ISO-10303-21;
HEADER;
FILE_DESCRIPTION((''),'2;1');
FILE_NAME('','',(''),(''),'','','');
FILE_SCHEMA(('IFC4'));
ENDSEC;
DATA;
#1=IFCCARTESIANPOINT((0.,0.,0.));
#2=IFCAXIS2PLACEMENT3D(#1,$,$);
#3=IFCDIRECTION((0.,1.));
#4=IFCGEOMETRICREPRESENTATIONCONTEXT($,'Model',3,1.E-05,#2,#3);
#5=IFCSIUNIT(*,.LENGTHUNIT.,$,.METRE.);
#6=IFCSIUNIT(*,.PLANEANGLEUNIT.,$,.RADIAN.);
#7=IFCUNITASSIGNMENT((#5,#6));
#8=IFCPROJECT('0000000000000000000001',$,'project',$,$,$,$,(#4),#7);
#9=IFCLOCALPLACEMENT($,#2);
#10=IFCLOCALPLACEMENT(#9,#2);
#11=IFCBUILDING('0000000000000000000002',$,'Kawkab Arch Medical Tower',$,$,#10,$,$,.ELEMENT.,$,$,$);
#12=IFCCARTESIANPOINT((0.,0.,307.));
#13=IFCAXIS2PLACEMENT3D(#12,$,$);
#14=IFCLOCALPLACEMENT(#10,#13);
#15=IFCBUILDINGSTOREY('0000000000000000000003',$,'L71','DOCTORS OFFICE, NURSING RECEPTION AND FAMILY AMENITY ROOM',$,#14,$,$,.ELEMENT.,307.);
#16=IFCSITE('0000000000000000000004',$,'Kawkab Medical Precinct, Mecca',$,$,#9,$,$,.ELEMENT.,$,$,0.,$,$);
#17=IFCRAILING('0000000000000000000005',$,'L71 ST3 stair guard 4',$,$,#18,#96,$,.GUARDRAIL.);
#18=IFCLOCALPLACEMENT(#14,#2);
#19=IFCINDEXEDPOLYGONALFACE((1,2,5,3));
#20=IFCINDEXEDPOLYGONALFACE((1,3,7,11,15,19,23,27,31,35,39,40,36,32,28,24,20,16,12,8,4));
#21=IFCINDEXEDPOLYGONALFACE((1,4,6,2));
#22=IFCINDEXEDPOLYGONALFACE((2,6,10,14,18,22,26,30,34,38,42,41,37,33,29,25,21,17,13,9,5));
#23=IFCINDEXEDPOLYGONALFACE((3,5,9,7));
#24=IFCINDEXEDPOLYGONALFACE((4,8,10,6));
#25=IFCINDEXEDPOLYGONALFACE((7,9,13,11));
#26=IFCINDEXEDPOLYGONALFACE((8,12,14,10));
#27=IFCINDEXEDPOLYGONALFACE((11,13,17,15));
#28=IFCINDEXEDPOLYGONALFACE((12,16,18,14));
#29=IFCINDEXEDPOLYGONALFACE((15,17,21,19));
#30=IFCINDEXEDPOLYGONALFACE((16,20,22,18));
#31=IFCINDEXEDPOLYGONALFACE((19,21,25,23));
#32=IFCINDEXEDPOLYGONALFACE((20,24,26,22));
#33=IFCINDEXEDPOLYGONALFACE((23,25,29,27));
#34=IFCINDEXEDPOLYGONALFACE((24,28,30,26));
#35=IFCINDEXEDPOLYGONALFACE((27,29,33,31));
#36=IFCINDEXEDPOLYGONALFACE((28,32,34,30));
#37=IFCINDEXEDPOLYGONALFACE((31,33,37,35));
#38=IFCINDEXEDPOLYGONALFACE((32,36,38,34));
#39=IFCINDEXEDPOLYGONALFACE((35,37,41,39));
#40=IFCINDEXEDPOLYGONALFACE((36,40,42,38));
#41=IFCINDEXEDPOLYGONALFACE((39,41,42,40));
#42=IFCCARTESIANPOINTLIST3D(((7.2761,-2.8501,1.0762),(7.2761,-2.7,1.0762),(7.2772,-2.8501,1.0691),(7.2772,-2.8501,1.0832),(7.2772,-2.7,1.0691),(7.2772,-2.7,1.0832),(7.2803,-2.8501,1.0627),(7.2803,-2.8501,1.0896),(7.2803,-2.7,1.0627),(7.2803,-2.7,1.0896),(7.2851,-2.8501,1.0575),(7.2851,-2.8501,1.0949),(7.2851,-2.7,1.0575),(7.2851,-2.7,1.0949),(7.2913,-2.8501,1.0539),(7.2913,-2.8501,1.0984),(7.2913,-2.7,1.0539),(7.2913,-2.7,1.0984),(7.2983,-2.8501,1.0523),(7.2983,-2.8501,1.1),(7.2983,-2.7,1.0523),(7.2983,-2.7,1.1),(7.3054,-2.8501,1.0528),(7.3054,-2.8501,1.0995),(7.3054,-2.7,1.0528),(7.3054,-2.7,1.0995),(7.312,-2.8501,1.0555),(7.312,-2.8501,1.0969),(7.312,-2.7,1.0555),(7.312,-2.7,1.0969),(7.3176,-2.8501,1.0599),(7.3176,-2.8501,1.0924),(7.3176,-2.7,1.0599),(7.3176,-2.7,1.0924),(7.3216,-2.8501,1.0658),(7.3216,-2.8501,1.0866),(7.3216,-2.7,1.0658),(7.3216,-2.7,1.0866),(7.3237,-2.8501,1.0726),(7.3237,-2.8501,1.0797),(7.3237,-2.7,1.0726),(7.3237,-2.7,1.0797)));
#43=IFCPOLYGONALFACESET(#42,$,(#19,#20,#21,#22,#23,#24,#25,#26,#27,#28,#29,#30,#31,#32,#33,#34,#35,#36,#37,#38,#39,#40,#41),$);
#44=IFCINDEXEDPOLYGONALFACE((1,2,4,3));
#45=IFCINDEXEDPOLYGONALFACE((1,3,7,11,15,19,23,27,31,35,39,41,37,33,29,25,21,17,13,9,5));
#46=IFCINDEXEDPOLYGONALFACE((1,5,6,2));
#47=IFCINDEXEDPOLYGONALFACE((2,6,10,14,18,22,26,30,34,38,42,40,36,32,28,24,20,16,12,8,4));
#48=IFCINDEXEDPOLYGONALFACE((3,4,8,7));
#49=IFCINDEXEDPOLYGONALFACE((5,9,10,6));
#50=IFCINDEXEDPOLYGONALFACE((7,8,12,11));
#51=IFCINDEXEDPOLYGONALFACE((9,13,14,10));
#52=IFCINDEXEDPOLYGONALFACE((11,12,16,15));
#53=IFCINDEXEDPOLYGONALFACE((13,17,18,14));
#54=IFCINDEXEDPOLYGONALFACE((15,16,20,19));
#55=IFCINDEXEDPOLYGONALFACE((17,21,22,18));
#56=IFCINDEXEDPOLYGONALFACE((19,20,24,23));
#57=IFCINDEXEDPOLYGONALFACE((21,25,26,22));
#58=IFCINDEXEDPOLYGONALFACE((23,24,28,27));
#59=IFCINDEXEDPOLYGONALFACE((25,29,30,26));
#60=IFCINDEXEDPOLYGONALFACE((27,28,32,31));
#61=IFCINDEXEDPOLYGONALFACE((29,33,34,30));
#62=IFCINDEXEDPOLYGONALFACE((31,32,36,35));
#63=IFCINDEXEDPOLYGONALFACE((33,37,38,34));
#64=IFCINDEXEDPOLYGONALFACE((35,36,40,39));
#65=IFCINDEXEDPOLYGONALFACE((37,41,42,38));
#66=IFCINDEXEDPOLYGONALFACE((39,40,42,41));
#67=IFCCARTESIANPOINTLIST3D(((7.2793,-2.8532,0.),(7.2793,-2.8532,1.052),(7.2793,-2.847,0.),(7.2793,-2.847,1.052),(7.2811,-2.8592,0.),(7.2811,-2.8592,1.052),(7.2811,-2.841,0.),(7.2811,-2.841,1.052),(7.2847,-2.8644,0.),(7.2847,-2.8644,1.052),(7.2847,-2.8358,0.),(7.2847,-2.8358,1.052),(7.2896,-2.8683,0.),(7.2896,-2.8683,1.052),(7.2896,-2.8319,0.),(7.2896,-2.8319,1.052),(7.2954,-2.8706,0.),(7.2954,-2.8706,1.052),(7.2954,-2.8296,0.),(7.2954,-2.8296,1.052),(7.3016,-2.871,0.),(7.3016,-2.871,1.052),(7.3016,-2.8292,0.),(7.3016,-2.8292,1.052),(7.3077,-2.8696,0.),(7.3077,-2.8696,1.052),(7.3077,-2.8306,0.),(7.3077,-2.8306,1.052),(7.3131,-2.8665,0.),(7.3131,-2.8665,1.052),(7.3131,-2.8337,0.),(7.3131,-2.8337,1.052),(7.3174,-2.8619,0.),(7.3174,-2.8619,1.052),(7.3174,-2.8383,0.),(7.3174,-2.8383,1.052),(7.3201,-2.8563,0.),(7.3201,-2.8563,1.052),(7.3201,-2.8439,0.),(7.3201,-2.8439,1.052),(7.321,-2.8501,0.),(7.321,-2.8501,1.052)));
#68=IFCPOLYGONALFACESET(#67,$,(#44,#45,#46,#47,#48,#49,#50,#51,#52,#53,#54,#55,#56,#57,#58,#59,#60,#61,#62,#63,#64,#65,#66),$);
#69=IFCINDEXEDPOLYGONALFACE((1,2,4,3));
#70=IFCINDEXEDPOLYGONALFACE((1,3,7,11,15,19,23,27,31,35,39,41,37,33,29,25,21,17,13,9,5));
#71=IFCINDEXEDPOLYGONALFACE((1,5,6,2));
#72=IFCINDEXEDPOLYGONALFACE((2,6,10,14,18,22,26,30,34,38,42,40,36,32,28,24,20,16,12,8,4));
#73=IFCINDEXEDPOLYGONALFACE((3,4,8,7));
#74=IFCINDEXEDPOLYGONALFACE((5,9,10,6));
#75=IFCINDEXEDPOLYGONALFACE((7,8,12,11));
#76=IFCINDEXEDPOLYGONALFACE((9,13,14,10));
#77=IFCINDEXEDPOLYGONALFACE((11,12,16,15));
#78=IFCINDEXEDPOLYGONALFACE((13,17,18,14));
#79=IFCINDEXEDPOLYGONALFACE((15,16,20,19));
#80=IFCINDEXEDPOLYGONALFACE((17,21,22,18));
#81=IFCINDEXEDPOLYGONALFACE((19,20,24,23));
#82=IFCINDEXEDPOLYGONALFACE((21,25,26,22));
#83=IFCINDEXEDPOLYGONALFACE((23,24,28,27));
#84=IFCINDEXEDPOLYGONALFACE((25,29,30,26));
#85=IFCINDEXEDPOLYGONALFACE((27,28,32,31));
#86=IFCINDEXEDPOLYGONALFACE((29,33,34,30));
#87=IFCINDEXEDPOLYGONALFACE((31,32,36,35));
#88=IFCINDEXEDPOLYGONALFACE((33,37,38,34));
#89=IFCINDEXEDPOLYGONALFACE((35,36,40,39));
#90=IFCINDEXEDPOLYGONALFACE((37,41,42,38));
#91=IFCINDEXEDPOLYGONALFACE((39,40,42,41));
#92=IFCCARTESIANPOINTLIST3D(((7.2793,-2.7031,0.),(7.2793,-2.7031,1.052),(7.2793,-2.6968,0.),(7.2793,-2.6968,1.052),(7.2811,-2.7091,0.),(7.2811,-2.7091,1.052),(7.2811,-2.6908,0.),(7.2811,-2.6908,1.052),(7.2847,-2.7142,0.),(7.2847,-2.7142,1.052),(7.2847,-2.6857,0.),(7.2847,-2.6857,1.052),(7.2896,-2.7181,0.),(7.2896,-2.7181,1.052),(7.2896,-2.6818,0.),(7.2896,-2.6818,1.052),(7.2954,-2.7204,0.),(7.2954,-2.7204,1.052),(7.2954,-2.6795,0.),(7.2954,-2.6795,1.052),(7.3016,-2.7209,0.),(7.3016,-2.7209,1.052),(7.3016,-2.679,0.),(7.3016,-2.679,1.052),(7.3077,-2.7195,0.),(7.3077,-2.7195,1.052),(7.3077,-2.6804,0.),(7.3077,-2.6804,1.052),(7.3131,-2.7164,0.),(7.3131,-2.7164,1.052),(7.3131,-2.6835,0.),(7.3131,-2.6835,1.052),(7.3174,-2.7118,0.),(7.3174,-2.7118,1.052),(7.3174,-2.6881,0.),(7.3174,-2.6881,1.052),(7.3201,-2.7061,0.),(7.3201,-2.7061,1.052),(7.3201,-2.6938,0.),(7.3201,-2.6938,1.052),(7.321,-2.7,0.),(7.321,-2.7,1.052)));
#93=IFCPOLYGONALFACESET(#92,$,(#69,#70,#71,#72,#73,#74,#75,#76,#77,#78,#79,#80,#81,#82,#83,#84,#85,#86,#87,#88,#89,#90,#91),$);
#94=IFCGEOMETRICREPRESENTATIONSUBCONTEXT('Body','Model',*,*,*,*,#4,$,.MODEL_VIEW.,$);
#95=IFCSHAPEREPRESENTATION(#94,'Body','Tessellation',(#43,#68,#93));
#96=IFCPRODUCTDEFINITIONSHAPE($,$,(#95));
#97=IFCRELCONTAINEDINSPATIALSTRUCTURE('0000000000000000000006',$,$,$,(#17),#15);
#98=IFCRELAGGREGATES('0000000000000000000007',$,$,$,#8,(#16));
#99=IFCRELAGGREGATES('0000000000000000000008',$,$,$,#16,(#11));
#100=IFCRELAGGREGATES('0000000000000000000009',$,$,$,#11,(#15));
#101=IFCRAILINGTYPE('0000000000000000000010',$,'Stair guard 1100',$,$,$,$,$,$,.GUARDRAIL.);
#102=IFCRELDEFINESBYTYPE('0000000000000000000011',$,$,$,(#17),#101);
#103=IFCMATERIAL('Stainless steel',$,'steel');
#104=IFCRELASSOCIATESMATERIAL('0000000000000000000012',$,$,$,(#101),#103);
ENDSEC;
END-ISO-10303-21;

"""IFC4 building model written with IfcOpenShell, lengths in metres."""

from ifc_helpers import new_model, si_unit, direction, frame, origin, origin_2d, place, context, subcontext, project, spatial, circle, extrude, material, type_object, element, save


model = new_model("IFC4")

# Units and contexts
model_context = context("Model", 3, precision=1e-05, world=origin(), true_north=direction((0.0, 1.0)))
body_context = subcontext(model_context, "Body", "Model", "MODEL_VIEW")
ifc_project = project(units=[si_unit("LENGTHUNIT", "METRE"), si_unit("PLANEANGLEUNIT", "RADIAN")], contexts=[model_context])

# Site, building, storey
site_placement = place(None, origin())
site = spatial("IfcSite", under=ifc_project, at=site_placement, Name="Kawkab Medical Precinct, Mecca", CompositionType="ELEMENT", RefElevation=0.0)
building_placement = place(site_placement, origin())
building = spatial("IfcBuilding", under=site, at=building_placement, Name="Kawkab Arch Medical Tower", CompositionType="ELEMENT")
storey_placement = place(building_placement, frame((0.0, 0.0, 307.0)))
storey = spatial("IfcBuildingStorey", under=building, at=storey_placement, Name="L71", Description="DOCTORS OFFICE, NURSING RECEPTION AND FAMILY AMENITY ROOM", CompositionType="ELEMENT", Elevation=307.0)

# Railing
ifc_material_1 = material(Name="Stainless steel", Category="steel")
railing_type_1 = type_object("IfcRailingType", Name="Stair guard 1100", PredefinedType="GUARDRAIL", material=ifc_material_1)
railing_1_placement = place(storey_placement, frame((7.3, -2.8501, 0.0)))
element("IfcRailing", 1, at=railing_1_placement, inside=storey, type_object=railing_type_1, Name="L71 ST3 stair guard 4", PredefinedType="GUARDRAIL", context=body_context, shape_type="SweptSolid", body=[
    extrude(circle(Radius=0.0239, at=origin_2d()), frame((0.0, 0.0, 1.0762), z_axis=(0.0, 1.0, 0.0), x_axis=(-1.0, 0.0, 0.0)), (0.0, 0.0, 1.0), 0.1501),
    extrude(circle(Radius=0.021, at=origin_2d()), origin(), (0.0, 0.0, 1.0), 1.052),
    extrude(circle(Radius=0.021, at=origin_2d()), frame((0.0, 0.1501, 0.0)), (0.0, 0.0, 1.0), 1.052),
])

save(model, "model.ifc")
